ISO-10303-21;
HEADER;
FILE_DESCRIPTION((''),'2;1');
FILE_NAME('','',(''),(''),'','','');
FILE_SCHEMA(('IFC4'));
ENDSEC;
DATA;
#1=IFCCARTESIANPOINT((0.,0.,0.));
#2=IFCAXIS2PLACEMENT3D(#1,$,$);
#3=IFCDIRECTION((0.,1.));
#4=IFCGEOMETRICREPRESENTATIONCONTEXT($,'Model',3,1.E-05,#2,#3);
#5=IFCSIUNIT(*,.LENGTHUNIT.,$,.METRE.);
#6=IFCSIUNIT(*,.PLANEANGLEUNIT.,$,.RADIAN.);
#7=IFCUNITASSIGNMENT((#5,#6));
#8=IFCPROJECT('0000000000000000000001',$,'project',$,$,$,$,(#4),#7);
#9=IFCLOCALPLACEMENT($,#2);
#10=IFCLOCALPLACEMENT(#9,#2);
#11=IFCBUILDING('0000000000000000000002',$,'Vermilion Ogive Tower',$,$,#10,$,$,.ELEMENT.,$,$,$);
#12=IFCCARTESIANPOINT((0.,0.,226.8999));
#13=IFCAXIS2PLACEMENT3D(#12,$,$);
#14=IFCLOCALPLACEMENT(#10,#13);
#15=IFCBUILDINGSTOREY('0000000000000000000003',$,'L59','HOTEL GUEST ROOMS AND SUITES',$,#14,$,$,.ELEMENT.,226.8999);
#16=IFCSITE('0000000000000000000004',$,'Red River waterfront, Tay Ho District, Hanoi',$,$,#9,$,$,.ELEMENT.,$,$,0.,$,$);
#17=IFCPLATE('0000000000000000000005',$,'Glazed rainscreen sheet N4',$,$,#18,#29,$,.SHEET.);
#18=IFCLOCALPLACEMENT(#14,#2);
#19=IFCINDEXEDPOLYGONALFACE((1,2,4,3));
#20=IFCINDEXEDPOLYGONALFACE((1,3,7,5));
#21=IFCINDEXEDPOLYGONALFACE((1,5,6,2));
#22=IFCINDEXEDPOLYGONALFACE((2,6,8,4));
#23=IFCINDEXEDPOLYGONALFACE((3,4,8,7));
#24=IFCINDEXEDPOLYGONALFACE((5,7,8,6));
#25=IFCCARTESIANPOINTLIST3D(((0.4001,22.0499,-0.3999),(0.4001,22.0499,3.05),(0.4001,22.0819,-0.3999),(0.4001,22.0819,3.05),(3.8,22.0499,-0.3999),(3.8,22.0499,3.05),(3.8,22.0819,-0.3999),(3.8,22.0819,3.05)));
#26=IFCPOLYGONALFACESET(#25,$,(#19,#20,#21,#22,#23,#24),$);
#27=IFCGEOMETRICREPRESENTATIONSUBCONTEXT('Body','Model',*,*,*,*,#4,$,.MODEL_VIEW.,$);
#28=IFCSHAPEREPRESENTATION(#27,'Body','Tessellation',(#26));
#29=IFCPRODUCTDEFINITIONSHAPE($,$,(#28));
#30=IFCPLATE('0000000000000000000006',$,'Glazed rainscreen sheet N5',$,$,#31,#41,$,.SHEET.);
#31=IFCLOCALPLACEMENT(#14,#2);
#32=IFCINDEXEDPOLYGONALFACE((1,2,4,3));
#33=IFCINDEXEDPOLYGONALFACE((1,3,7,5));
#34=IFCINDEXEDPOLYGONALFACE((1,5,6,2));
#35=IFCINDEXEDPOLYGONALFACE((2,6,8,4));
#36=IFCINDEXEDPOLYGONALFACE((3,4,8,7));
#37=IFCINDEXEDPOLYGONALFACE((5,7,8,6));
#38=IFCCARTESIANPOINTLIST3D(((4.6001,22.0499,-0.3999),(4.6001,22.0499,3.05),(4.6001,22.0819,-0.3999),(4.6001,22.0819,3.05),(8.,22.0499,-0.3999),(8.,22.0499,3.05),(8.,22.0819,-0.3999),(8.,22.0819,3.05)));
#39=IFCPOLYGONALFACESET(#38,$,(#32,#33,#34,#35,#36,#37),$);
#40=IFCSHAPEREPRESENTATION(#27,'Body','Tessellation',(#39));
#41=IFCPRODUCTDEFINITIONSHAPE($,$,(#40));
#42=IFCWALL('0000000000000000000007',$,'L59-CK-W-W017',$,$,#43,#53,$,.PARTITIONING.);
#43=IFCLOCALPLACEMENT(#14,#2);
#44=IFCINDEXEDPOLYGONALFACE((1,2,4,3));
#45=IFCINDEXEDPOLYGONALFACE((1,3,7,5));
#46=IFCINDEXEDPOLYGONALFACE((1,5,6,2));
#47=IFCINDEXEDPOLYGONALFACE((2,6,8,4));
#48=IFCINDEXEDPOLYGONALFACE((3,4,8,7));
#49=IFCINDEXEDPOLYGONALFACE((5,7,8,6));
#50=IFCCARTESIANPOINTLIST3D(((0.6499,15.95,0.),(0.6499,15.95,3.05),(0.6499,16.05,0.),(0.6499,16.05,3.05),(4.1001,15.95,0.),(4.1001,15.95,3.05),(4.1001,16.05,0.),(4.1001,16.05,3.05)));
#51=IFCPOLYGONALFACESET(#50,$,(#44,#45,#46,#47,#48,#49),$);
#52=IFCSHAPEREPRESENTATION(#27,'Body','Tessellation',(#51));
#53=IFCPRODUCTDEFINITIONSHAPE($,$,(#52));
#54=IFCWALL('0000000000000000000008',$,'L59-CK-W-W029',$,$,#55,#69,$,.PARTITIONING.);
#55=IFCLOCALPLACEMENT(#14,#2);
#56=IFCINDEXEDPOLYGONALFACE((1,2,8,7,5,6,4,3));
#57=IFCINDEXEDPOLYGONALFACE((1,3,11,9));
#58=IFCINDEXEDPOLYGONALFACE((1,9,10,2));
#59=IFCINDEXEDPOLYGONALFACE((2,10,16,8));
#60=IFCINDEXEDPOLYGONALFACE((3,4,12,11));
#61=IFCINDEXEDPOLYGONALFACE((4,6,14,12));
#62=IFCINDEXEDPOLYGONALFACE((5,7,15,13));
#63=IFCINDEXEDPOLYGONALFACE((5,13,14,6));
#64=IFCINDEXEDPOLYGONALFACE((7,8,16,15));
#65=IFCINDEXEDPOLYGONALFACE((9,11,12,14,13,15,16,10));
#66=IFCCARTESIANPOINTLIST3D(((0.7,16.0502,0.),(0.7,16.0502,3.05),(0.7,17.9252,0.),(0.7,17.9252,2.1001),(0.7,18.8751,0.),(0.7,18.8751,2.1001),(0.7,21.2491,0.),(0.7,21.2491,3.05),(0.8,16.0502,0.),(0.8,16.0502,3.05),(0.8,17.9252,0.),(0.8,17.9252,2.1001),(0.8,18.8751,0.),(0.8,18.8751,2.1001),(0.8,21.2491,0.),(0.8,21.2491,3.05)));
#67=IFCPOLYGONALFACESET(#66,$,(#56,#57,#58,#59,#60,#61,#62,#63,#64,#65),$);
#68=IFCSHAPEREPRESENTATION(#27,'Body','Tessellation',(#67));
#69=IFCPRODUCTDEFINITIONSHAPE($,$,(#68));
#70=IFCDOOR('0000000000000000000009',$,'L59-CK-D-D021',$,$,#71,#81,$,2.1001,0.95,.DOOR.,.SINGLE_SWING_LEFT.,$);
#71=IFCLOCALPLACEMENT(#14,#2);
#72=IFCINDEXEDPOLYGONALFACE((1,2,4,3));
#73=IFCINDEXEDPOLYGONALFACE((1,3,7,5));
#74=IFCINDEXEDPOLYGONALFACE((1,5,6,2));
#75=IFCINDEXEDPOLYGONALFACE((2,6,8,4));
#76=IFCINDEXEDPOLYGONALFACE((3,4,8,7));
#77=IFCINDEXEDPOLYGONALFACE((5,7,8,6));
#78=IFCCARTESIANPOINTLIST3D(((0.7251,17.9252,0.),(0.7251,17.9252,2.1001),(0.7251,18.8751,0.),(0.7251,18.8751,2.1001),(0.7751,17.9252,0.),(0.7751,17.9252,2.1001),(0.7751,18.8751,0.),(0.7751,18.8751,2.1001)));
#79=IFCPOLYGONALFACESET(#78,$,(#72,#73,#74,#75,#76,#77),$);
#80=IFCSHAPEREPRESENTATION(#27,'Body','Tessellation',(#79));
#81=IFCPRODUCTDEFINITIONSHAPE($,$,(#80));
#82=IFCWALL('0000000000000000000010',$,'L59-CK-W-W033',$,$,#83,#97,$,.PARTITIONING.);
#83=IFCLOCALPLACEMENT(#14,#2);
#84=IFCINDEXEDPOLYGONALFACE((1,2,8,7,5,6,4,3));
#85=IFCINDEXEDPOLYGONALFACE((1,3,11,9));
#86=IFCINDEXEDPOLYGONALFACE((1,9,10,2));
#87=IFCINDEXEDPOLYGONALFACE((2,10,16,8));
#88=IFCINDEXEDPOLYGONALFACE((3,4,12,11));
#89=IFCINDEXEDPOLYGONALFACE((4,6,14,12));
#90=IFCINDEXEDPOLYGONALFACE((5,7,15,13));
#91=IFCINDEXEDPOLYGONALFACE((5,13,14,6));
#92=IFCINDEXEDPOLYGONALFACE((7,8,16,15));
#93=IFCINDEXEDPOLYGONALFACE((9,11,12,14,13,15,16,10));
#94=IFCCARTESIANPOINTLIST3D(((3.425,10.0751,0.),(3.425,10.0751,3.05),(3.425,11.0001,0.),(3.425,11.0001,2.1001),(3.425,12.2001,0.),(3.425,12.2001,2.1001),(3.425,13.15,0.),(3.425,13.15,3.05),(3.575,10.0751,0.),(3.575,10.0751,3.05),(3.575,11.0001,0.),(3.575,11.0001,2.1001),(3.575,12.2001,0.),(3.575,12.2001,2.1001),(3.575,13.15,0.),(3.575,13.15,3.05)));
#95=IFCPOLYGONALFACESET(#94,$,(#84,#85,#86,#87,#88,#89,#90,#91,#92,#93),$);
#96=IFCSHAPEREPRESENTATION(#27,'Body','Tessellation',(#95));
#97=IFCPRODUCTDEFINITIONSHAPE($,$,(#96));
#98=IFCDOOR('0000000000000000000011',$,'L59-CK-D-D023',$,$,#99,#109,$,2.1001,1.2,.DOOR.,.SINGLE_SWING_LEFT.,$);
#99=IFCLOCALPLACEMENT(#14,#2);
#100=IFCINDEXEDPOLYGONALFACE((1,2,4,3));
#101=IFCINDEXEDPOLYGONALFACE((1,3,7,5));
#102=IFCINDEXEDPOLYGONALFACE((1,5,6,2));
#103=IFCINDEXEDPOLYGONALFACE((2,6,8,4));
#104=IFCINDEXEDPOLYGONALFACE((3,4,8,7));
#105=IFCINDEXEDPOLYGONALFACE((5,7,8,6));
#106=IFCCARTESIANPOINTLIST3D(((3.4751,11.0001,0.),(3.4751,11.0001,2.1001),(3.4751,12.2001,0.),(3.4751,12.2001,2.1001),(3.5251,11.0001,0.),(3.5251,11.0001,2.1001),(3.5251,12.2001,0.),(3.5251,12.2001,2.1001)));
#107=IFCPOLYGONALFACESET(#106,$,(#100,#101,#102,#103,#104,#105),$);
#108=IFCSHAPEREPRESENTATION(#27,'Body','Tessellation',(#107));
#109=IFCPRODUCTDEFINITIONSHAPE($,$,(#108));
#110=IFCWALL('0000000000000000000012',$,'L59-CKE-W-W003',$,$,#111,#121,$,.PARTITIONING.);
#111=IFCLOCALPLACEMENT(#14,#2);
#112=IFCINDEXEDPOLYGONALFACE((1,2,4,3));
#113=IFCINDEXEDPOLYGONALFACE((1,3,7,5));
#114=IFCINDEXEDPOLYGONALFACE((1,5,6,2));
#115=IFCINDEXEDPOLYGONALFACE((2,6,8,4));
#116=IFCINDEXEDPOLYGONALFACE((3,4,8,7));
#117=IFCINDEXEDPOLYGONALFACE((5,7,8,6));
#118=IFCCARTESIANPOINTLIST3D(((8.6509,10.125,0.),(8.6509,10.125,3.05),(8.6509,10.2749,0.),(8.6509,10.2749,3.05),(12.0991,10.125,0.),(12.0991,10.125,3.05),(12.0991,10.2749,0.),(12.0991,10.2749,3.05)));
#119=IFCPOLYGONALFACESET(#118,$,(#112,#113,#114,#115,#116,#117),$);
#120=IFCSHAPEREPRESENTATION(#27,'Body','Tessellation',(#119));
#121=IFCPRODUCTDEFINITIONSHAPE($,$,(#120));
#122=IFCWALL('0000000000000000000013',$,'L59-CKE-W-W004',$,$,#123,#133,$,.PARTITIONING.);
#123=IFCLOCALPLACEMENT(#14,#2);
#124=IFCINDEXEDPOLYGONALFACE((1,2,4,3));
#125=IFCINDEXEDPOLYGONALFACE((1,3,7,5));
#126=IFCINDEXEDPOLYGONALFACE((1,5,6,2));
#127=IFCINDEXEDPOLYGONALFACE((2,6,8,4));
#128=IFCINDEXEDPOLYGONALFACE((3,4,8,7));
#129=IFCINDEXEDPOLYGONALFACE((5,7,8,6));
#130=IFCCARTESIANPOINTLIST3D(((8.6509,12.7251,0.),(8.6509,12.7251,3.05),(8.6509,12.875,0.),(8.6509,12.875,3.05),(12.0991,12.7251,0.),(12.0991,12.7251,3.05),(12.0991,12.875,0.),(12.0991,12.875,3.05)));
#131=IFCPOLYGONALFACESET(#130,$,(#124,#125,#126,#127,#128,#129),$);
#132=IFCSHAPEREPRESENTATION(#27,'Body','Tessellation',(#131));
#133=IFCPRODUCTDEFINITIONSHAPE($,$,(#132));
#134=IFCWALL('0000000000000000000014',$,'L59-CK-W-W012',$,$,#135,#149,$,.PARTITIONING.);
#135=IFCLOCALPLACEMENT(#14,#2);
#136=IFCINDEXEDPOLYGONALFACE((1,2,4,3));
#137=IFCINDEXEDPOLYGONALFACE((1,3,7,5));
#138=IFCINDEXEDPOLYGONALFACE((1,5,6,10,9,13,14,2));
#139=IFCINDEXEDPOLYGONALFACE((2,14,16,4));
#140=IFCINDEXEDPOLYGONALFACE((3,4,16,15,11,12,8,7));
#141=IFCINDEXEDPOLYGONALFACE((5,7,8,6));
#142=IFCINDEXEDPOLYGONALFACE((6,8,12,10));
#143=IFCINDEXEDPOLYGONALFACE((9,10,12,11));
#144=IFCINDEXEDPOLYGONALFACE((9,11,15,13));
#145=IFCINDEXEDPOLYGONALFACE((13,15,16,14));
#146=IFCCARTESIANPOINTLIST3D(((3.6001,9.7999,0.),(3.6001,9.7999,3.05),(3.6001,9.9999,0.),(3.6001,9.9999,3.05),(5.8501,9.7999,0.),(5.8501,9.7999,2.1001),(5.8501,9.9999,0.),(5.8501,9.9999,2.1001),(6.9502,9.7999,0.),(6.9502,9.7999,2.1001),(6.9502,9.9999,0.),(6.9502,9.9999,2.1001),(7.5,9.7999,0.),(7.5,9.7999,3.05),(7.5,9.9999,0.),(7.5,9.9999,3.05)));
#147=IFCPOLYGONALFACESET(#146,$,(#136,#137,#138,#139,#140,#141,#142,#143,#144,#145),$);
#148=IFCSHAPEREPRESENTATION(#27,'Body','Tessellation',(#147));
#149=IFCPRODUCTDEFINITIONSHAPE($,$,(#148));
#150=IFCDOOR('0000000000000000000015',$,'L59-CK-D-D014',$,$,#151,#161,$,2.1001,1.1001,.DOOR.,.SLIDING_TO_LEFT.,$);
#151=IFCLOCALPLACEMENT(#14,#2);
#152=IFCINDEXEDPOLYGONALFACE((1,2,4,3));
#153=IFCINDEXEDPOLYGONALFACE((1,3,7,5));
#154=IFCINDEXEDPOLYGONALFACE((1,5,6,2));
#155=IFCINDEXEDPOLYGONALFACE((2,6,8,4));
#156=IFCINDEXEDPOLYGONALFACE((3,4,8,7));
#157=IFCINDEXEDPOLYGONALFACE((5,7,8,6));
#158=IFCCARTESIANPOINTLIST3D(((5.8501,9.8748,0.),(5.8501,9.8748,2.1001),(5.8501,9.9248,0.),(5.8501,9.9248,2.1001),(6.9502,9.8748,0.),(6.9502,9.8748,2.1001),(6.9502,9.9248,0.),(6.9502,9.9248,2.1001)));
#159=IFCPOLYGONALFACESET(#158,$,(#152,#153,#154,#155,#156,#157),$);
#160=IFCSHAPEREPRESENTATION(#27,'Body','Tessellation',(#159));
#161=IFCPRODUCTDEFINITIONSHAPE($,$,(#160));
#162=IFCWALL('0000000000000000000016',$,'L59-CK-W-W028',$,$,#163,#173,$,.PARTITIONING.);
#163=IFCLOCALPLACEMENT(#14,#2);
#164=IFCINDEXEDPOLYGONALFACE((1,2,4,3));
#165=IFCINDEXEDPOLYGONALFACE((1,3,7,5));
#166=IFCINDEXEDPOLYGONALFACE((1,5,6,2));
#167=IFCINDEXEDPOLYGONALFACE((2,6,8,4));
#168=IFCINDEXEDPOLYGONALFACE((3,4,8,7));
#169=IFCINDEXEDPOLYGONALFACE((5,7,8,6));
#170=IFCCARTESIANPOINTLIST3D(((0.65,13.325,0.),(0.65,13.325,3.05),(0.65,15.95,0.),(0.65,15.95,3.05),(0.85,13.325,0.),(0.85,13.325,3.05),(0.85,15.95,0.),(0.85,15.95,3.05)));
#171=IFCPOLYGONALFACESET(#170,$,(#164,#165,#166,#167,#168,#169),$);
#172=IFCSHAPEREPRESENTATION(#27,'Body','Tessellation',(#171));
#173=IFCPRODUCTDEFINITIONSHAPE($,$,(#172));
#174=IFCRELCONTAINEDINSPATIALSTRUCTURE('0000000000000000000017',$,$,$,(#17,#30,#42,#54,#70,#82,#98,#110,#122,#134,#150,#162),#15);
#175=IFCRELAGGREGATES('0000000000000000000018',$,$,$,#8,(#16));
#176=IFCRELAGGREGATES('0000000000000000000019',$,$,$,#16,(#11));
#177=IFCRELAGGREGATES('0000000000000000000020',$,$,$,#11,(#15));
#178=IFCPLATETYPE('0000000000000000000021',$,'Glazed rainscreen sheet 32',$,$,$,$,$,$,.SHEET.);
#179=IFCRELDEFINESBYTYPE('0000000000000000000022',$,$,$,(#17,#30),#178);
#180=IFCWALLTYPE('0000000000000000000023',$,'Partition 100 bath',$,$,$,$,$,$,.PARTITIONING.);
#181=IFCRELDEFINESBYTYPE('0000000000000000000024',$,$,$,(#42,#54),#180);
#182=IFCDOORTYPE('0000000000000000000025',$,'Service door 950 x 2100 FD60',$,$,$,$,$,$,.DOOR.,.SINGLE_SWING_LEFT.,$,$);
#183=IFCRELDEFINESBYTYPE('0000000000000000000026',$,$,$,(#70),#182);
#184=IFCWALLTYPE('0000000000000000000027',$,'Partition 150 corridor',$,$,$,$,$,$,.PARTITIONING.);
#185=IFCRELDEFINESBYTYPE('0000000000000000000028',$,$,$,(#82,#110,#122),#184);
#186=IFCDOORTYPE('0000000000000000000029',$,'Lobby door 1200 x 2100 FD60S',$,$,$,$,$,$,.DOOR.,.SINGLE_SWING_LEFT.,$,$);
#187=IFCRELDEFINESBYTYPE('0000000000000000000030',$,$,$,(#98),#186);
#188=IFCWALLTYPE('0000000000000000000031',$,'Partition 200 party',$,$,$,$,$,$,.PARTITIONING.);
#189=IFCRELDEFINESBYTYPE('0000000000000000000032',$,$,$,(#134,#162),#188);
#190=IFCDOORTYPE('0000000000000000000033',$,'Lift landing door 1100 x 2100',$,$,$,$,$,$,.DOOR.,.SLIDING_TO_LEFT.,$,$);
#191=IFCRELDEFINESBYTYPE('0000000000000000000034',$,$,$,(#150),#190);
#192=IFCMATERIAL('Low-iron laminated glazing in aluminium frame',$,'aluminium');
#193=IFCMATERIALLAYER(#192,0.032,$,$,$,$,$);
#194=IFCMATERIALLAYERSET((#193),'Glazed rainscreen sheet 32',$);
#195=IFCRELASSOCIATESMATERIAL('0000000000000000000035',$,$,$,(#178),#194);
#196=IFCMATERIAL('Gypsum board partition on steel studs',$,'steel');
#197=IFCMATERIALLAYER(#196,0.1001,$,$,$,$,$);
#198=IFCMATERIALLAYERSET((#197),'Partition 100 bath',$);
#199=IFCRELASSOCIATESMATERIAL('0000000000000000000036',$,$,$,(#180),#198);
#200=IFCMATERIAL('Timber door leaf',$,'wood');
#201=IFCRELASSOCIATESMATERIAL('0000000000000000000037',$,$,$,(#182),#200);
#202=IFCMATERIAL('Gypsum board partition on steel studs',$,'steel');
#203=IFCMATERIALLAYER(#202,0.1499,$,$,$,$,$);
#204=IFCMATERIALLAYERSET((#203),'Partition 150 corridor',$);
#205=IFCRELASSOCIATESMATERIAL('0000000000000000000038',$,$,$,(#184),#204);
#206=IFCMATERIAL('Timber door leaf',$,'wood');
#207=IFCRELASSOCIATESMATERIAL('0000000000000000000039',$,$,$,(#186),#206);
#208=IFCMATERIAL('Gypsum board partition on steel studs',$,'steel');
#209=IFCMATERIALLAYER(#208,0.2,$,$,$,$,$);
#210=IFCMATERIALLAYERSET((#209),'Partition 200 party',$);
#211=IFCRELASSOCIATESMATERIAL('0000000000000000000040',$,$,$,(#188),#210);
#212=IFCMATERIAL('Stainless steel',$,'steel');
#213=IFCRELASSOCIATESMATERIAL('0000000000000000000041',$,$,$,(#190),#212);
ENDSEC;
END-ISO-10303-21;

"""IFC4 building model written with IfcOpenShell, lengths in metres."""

from ifc_helpers import new_model, si_unit, direction, frame, frame_2d, origin, origin_2d, place, context, subcontext, project, spatial, rectangle, extrude, material, layer, layer_set, type_object, element, fill, save


model = new_model("IFC4")

# Units and contexts
model_context = context("Model", 3, precision=1e-05, world=origin(), true_north=direction((0.0, 1.0)))
body_context = subcontext(model_context, "Body", "Model", "MODEL_VIEW")
ifc_project = project(units=[si_unit("LENGTHUNIT", "METRE"), si_unit("PLANEANGLEUNIT", "RADIAN")], contexts=[model_context])

# Site, building, storey
site_placement = place(None, origin())
site = spatial("IfcSite", under=ifc_project, at=site_placement, Name="Red River waterfront, Tay Ho District, Hanoi", CompositionType="ELEMENT", RefElevation=0.0)
building_placement = place(site_placement, origin())
building = spatial("IfcBuilding", under=site, at=building_placement, Name="Vermilion Ogive Tower", CompositionType="ELEMENT")
storey_placement = place(building_placement, frame((0.0, 0.0, 226.8999)))
storey = spatial("IfcBuildingStorey", under=building, at=storey_placement, Name="L59", Description="HOTEL GUEST ROOMS AND SUITES", CompositionType="ELEMENT", Elevation=226.8999)

# Plates
ifc_material_1 = material(Name="Low-iron laminated glazing in aluminium frame", Category="aluminium")
ifc_layer_1 = layer(ifc_material_1, 0.032)
ifc_layer_set_1 = layer_set([ifc_layer_1], Name="Glazed rainscreen sheet 32")
plate_type = type_object("IfcPlateType", Name="Glazed rainscreen sheet 32", PredefinedType="SHEET", material=ifc_layer_set_1)
for number, where, z_axis, x_axis, name in (
    (1, (2.1001, 22.0659, -0.3999), (0.0, 0.0, 1.0), (1.0, 0.0, 0.0), "Glazed rainscreen sheet N4"),
    (2, (6.3, 22.0659, -0.3999), (0.0, 0.0, 1.0), (1.0, 0.0, 0.0), "Glazed rainscreen sheet N5"),
):
    element("IfcPlate", number, at=place(storey_placement, frame(where, z_axis=z_axis, x_axis=x_axis)), inside=storey, type_object=plate_type, Name=name, PredefinedType="SHEET", context=body_context, shape_type="SweptSolid", body=[
        extrude(rectangle(XDim=3.3999, YDim=0.032, at=origin_2d()), origin(), (0.0, 0.0, 1.0), 3.45),
    ])

# Wall
ifc_material_2 = material(Name="Gypsum board partition on steel studs", Category="steel")
ifc_layer_2 = layer(ifc_material_2, 0.1001)
ifc_layer_set_2 = layer_set([ifc_layer_2], Name="Partition 100 bath")
wall_type_1 = type_object("IfcWallType", Name="Partition 100 bath", PredefinedType="PARTITIONING", material=ifc_layer_set_2)
wall_1_placement = place(storey_placement, frame((0.6499, 16.0, 0.0), z_axis=(0.0, 0.0, 1.0), x_axis=(1.0, 0.0, 0.0)))
element("IfcWall", 3, at=wall_1_placement, inside=storey, type_object=wall_type_1, Name="L59-CK-W-W017", PredefinedType="PARTITIONING", context=body_context, shape_type="SweptSolid", body=[
    extrude(rectangle(XDim=3.4502, YDim=0.1001, at=frame_2d((1.7251, 0.0))), origin(), (0.0, 0.0, 1.0), 3.05),
])

# Walls, openings, doors
wall_2_placement = place(storey_placement, frame((0.75, 16.05, 0.0), z_axis=(0.0, 0.0, 1.0), x_axis=(0.0, 1.0, 0.0)))
wall_2 = element("IfcWall", 4, at=wall_2_placement, inside=storey, type_object=wall_type_1, Name="L59-CK-W-W029", PredefinedType="PARTITIONING", context=body_context, shape_type="SweptSolid", body=[
    extrude(rectangle(XDim=5.199, YDim=0.1001, at=frame_2d((2.5996, 0.0))), origin(), (0.0, 0.0, 1.0), 3.05),
])
opening_1_placement = place(wall_2_placement, frame((1.875, 0.0, 0.0)))
opening_1 = element("IfcOpeningElement", 5, at=opening_1_placement, cuts=wall_2, PredefinedType="OPENING", context=body_context, shape_type="SweptSolid", body=[
    extrude(rectangle(XDim=0.95, YDim=2.1001, at=frame_2d((0.4751, 1.05))), frame((0.0, 0.0601, 0.0), z_axis=(0.0, -1.0, 0.0), x_axis=(1.0, 0.0, 0.0)), (0.0, 0.0, 1.0), 0.1201),
])
ifc_material_3 = material(Name="Timber door leaf", Category="wood")
door_type_1 = type_object("IfcDoorType", Name="Service door 950 x 2100 FD60", OperationType="SINGLE_SWING_LEFT", PredefinedType="DOOR", material=ifc_material_3)
door_1_placement = place(opening_1_placement, origin())
door_1 = element("IfcDoor", 6, at=door_1_placement, inside=storey, type_object=door_type_1, Name="L59-CK-D-D021", OperationType="SINGLE_SWING_LEFT", OverallHeight=2.1001, OverallWidth=0.95, PredefinedType="DOOR", context=body_context, shape_type="SweptSolid", body=[
    extrude(rectangle(XDim=0.95, YDim=2.1001, at=frame_2d((0.4751, 1.05))), frame((0.0, 0.0249, 0.0), z_axis=(0.0, -1.0, 0.0), x_axis=(1.0, 0.0, 0.0)), (0.0, 0.0, 1.0), 0.05),
])
fill(opening_1, door_1)
ifc_material_4 = material(Name="Gypsum board partition on steel studs", Category="steel")
ifc_layer_3 = layer(ifc_material_4, 0.1499)
ifc_layer_set_3 = layer_set([ifc_layer_3], Name="Partition 150 corridor")
wall_type_2 = type_object("IfcWallType", Name="Partition 150 corridor", PredefinedType="PARTITIONING", material=ifc_layer_set_3)
wall_3_placement = place(storey_placement, frame((3.5, 10.075, 0.0), z_axis=(0.0, 0.0, 1.0), x_axis=(0.0, 1.0, 0.0)))
wall_3 = element("IfcWall", 7, at=wall_3_placement, inside=storey, type_object=wall_type_2, Name="L59-CK-W-W033", PredefinedType="PARTITIONING", context=body_context, shape_type="SweptSolid", body=[
    extrude(rectangle(XDim=3.075, YDim=0.1499, at=frame_2d((1.5376, 0.0))), origin(), (0.0, 0.0, 1.0), 3.05),
])
opening_2_placement = place(wall_3_placement, frame((0.925, 0.0, 0.0)))
opening_2 = element("IfcOpeningElement", 8, at=opening_2_placement, cuts=wall_3, PredefinedType="OPENING", context=body_context, shape_type="SweptSolid", body=[
    extrude(rectangle(XDim=1.2, YDim=2.1001, at=frame_2d((0.6001, 1.05))), frame((0.0, 0.085, 0.0), z_axis=(0.0, -1.0, 0.0), x_axis=(1.0, 0.0, 0.0)), (0.0, 0.0, 1.0), 0.1699),
])
ifc_material_5 = material(Name="Timber door leaf", Category="wood")
door_type_2 = type_object("IfcDoorType", Name="Lobby door 1200 x 2100 FD60S", OperationType="SINGLE_SWING_LEFT", PredefinedType="DOOR", material=ifc_material_5)
door_2_placement = place(opening_2_placement, origin())
door_2 = element("IfcDoor", 9, at=door_2_placement, inside=storey, type_object=door_type_2, Name="L59-CK-D-D023", OperationType="SINGLE_SWING_LEFT", OverallHeight=2.1001, OverallWidth=1.2, PredefinedType="DOOR", context=body_context, shape_type="SweptSolid", body=[
    extrude(rectangle(XDim=1.2, YDim=2.1001, at=frame_2d((0.6001, 1.05))), frame((0.0, 0.0249, 0.0), z_axis=(0.0, -1.0, 0.0), x_axis=(1.0, 0.0, 0.0)), (0.0, 0.0, 1.0), 0.05),
])
fill(opening_2, door_2)

# Walls
for number, where, z_axis, x_axis, name in (
    (10, (8.6509, 10.2, 0.0), (0.0, 0.0, 1.0), (1.0, 0.0, 0.0), "L59-CKE-W-W003"),
    (11, (8.6509, 12.8, 0.0), (0.0, 0.0, 1.0), (1.0, 0.0, 0.0), "L59-CKE-W-W004"),
):
    element("IfcWall", number, at=place(storey_placement, frame(where, z_axis=z_axis, x_axis=x_axis)), inside=storey, type_object=wall_type_2, Name=name, PredefinedType="PARTITIONING", context=body_context, shape_type="SweptSolid", body=[
        extrude(rectangle(XDim=3.4482, YDim=0.1499, at=frame_2d((1.7241, 0.0))), origin(), (0.0, 0.0, 1.0), 3.05),
    ])

# Wall, opening, door
ifc_material_6 = material(Name="Gypsum board partition on steel studs", Category="steel")
ifc_layer_4 = layer(ifc_material_6, 0.2)
ifc_layer_set_4 = layer_set([ifc_layer_4], Name="Partition 200 party")
wall_type_3 = type_object("IfcWallType", Name="Partition 200 party", PredefinedType="PARTITIONING", material=ifc_layer_set_4)
wall_4_placement = place(storey_placement, frame((3.6001, 9.8999, 0.0), z_axis=(0.0, 0.0, 1.0), x_axis=(1.0, 0.0, 0.0)))
wall_4 = element("IfcWall", 12, at=wall_4_placement, inside=storey, type_object=wall_type_3, Name="L59-CK-W-W012", PredefinedType="PARTITIONING", context=body_context, shape_type="SweptSolid", body=[
    extrude(rectangle(XDim=3.8999, YDim=0.2, at=frame_2d((1.95, 0.0))), origin(), (0.0, 0.0, 1.0), 3.05),
])
opening_3_placement = place(wall_4_placement, frame((2.25, 0.0, 0.0)))
opening_3 = element("IfcOpeningElement", 13, at=opening_3_placement, cuts=wall_4, PredefinedType="OPENING", context=body_context, shape_type="SweptSolid", body=[
    extrude(rectangle(XDim=1.1001, YDim=2.1001, at=frame_2d((0.55, 1.05))), frame((0.0, 0.1099, 0.0), z_axis=(0.0, -1.0, 0.0), x_axis=(1.0, 0.0, 0.0)), (0.0, 0.0, 1.0), 0.22),
])
ifc_material_7 = material(Name="Stainless steel", Category="steel")
door_type_3 = type_object("IfcDoorType", Name="Lift landing door 1100 x 2100", OperationType="SLIDING_TO_LEFT", PredefinedType="DOOR", material=ifc_material_7)
door_3_placement = place(opening_3_placement, origin())
door_3 = element("IfcDoor", 14, at=door_3_placement, inside=storey, type_object=door_type_3, Name="L59-CK-D-D014", OperationType="SLIDING_TO_LEFT", OverallHeight=2.1001, OverallWidth=1.1001, PredefinedType="DOOR", context=body_context, shape_type="SweptSolid", body=[
    extrude(rectangle(XDim=1.1001, YDim=2.1001, at=frame_2d((0.55, 1.05))), frame((0.0, 0.0249, 0.0), z_axis=(0.0, -1.0, 0.0), x_axis=(1.0, 0.0, 0.0)), (0.0, 0.0, 1.0), 0.05),
])
fill(opening_3, door_3)

# Wall
wall_5_placement = place(storey_placement, frame((0.75, 13.325, 0.0), z_axis=(0.0, 0.0, 1.0), x_axis=(0.0, 1.0, 0.0)))
element("IfcWall", 15, at=wall_5_placement, inside=storey, type_object=wall_type_3, Name="L59-CK-W-W028", PredefinedType="PARTITIONING", context=body_context, shape_type="SweptSolid", body=[
    extrude(rectangle(XDim=2.625, YDim=0.2, at=frame_2d((1.3125, 0.0))), origin(), (0.0, 0.0, 1.0), 3.05),
])

save(model, "model.ifc")
